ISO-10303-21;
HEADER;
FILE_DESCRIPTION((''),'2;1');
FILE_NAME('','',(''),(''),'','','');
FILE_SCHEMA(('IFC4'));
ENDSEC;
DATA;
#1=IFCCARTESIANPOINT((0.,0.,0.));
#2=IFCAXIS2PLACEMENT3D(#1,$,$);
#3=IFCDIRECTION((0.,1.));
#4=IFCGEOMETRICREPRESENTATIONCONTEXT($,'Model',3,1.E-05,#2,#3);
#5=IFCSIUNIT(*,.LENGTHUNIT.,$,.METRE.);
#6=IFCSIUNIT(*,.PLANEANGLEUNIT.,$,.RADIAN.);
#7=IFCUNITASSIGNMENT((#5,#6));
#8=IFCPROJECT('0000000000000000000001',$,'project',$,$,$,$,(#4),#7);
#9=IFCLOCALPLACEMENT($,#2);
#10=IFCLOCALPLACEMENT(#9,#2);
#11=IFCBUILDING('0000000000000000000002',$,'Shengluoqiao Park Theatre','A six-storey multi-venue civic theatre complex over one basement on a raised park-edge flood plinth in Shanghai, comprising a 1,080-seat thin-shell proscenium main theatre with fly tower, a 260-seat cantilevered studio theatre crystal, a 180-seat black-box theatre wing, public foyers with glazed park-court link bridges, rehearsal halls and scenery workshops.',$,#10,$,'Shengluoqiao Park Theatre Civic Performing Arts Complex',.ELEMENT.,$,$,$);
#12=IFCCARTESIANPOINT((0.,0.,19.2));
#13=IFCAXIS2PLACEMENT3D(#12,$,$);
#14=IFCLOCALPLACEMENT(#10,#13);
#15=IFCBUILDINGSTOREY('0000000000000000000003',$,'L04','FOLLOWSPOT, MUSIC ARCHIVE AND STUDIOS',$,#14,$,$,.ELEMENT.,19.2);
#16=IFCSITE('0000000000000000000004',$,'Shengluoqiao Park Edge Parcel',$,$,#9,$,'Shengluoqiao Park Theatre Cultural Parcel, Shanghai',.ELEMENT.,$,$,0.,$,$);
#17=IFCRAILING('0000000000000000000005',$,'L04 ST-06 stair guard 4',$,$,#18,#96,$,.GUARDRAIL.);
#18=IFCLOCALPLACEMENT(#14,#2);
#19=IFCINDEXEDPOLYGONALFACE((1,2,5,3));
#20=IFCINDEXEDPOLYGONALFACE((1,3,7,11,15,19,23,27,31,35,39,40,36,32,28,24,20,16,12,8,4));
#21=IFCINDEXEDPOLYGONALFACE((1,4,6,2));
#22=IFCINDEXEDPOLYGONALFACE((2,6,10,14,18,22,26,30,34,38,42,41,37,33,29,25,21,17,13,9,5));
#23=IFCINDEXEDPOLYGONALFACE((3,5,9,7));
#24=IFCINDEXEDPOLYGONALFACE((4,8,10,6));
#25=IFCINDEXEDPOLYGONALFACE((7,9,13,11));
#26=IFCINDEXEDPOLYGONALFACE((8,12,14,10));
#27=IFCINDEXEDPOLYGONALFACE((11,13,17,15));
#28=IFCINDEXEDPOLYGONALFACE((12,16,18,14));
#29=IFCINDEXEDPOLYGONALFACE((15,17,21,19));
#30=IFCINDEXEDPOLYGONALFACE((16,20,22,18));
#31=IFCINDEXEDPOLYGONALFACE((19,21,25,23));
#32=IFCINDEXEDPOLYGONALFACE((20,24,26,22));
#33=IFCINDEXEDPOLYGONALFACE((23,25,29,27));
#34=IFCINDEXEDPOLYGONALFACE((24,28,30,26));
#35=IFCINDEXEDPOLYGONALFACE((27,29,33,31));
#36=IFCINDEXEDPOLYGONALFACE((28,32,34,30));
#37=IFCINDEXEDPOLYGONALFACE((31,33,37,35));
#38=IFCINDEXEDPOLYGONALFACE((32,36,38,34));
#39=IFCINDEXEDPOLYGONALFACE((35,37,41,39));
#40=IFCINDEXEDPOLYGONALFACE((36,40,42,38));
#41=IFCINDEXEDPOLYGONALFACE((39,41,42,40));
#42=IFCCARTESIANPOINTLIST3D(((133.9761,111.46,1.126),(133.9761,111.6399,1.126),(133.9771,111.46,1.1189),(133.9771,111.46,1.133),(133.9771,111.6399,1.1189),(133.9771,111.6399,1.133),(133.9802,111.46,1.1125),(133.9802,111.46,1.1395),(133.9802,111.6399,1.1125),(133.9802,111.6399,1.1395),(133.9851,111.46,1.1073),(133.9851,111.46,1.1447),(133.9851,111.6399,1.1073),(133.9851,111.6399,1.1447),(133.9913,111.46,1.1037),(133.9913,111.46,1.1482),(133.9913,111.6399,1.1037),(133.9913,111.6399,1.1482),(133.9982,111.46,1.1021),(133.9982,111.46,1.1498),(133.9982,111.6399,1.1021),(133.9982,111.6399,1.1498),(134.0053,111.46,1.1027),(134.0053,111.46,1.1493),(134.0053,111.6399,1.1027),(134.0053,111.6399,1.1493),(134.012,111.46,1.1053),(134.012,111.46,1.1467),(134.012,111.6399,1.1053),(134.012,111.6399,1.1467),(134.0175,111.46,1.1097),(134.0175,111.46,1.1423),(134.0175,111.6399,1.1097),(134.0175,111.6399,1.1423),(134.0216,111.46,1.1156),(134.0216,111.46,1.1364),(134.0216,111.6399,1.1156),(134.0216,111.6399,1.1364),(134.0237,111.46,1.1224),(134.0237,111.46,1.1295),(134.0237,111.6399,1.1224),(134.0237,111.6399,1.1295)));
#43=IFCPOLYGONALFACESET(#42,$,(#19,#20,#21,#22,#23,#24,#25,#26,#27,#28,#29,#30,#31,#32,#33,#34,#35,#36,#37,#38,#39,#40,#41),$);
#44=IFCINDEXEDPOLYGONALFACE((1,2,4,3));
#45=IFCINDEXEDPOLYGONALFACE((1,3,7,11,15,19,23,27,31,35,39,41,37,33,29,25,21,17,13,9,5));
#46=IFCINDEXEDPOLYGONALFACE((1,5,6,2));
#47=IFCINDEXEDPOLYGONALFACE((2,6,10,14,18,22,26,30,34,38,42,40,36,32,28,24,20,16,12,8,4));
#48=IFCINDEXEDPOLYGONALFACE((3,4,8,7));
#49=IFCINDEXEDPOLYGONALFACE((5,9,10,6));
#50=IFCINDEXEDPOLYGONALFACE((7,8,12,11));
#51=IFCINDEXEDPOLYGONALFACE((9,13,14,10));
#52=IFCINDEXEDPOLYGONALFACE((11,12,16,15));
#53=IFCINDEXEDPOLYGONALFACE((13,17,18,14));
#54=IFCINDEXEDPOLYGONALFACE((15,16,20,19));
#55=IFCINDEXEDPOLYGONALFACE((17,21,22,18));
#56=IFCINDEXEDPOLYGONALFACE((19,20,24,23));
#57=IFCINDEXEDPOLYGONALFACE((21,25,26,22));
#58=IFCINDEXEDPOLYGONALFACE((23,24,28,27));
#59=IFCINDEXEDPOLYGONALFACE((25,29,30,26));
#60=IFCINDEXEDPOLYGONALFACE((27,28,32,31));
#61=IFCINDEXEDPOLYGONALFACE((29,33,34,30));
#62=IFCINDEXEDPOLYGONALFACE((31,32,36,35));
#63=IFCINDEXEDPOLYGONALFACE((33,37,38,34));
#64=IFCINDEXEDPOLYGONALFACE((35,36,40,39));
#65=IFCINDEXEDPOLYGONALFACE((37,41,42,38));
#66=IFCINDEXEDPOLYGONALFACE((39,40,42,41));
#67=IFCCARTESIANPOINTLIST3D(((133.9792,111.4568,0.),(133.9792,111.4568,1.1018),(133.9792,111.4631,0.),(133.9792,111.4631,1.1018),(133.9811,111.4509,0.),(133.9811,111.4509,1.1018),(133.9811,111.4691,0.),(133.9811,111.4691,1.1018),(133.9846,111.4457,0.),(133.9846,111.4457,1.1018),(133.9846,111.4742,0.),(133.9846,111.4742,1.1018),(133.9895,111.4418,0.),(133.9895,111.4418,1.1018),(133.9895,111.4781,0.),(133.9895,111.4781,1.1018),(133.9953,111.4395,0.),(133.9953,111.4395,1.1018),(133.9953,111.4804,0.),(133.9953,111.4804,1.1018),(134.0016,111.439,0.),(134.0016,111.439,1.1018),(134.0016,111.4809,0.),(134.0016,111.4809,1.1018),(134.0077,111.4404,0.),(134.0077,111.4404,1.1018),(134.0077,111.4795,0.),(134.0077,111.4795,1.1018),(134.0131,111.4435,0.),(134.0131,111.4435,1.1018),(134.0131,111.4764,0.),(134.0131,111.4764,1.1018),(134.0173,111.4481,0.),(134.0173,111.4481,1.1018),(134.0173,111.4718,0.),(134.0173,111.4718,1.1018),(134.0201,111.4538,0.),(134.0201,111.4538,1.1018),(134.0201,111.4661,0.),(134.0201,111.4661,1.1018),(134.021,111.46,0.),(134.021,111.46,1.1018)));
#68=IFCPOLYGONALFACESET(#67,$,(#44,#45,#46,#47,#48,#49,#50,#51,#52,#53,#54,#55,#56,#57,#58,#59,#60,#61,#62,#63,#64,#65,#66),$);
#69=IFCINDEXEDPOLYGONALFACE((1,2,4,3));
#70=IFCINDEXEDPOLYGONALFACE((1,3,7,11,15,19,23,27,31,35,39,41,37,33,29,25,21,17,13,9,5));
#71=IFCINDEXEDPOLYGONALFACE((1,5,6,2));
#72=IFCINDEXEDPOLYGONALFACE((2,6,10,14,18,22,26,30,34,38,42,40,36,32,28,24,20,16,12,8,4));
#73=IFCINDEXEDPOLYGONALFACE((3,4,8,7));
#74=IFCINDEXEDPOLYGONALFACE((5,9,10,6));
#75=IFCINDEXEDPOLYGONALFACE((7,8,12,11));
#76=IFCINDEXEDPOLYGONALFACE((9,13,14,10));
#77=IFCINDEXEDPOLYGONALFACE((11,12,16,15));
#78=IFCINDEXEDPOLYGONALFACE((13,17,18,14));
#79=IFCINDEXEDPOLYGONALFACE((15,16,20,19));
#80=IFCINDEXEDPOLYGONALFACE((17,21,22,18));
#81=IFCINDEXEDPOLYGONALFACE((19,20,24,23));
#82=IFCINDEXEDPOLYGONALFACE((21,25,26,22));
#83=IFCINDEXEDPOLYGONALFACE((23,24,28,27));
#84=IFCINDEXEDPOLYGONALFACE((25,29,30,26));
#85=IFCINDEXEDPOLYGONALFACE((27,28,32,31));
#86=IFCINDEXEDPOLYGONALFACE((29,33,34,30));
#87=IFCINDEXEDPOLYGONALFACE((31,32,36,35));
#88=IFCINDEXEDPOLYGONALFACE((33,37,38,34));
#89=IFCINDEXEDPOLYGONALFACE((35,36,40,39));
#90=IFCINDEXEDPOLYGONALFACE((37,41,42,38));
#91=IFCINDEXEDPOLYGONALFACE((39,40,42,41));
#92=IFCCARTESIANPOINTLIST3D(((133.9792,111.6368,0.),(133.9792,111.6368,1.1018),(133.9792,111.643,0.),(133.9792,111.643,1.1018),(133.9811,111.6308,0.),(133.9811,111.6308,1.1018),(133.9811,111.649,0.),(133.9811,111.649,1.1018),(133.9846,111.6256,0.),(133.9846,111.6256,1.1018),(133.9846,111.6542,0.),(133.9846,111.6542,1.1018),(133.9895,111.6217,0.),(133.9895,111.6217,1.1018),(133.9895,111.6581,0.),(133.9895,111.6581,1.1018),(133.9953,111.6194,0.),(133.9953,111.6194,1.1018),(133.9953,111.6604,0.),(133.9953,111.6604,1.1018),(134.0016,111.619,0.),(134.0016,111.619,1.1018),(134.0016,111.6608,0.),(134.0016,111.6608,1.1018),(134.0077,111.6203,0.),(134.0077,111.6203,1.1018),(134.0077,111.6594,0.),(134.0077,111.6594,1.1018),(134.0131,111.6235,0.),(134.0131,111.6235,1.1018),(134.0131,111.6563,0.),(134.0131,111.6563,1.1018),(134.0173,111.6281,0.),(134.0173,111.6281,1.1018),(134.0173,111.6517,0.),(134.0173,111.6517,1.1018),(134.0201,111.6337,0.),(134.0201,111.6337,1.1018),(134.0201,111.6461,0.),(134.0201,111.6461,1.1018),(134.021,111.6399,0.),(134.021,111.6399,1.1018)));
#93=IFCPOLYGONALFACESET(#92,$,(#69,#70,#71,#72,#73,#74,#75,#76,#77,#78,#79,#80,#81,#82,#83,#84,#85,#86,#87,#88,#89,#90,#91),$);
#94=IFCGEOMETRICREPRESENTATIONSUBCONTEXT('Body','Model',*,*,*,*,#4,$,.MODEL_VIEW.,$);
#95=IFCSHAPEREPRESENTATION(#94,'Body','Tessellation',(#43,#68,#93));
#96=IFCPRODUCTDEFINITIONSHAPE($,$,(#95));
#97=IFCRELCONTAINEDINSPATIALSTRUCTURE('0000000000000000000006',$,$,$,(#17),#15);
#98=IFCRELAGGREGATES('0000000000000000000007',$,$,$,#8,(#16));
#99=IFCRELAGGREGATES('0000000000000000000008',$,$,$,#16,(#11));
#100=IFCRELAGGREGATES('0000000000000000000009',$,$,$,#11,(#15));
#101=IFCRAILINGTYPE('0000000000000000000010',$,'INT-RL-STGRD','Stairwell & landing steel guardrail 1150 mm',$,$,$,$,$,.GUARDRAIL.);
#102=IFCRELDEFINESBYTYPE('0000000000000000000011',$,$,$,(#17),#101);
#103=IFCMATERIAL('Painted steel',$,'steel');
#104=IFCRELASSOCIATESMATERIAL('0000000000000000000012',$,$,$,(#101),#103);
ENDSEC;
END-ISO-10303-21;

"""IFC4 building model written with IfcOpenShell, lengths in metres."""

from ifc_helpers import new_model, si_unit, direction, frame, origin, origin_2d, place, context, subcontext, project, spatial, circle, extrude, material, type_object, element, save


model = new_model("IFC4")

# Units and contexts
model_context = context("Model", 3, precision=1e-05, world=origin(), true_north=direction((0.0, 1.0)))
body_context = subcontext(model_context, "Body", "Model", "MODEL_VIEW")
ifc_project = project(units=[si_unit("LENGTHUNIT", "METRE"), si_unit("PLANEANGLEUNIT", "RADIAN")], contexts=[model_context])

# Site, building, storey
site_placement = place(None, origin())
site = spatial("IfcSite", under=ifc_project, at=site_placement, Name="Shengluoqiao Park Edge Parcel", LongName="Shengluoqiao Park Theatre Cultural Parcel, Shanghai", CompositionType="ELEMENT", RefElevation=0.0)
building_placement = place(site_placement, origin())
building = spatial("IfcBuilding", under=site, at=building_placement, Name="Shengluoqiao Park Theatre", Description="A six-storey multi-venue civic theatre complex over one basement on a raised park-edge flood plinth in Shanghai, comprising a 1,080-seat thin-shell proscenium main theatre with fly tower, a 260-seat cantilevered studio theatre crystal, a 180-seat black-box theatre wing, public foyers with glazed park-court link bridges, rehearsal halls and scenery workshops.", LongName="Shengluoqiao Park Theatre Civic Performing Arts Complex", CompositionType="ELEMENT")
storey_placement = place(building_placement, frame((0.0, 0.0, 19.2)))
storey = spatial("IfcBuildingStorey", under=building, at=storey_placement, Name="L04", Description="FOLLOWSPOT, MUSIC ARCHIVE AND STUDIOS", CompositionType="ELEMENT", Elevation=19.2)

# Railing
ifc_material_1 = material(Name="Painted steel", Category="steel")
railing_type_1 = type_object("IfcRailingType", Name="INT-RL-STGRD", Description="Stairwell & landing steel guardrail 1150 mm", PredefinedType="GUARDRAIL", material=ifc_material_1)
railing_1_placement = place(storey_placement, frame((134.0, 111.46, 0.0)))
element("IfcRailing", 1, at=railing_1_placement, inside=storey, type_object=railing_type_1, Name="L04 ST-06 stair guard 4", PredefinedType="GUARDRAIL", context=body_context, shape_type="SweptSolid", body=[
    extrude(circle(Radius=0.0239, at=origin_2d()), frame((0.0, 0.0, 1.126), z_axis=(0.0, 1.0, 0.0), x_axis=(-1.0, 0.0, 0.0)), (0.0, 0.0, 1.0), 0.1799),
    extrude(circle(Radius=0.021, at=origin_2d()), origin(), (0.0, 0.0, 1.0), 1.1018),
    extrude(circle(Radius=0.021, at=origin_2d()), frame((0.0, 0.1799, 0.0)), (0.0, 0.0, 1.0), 1.1018),
])

save(model, "model.ifc")
